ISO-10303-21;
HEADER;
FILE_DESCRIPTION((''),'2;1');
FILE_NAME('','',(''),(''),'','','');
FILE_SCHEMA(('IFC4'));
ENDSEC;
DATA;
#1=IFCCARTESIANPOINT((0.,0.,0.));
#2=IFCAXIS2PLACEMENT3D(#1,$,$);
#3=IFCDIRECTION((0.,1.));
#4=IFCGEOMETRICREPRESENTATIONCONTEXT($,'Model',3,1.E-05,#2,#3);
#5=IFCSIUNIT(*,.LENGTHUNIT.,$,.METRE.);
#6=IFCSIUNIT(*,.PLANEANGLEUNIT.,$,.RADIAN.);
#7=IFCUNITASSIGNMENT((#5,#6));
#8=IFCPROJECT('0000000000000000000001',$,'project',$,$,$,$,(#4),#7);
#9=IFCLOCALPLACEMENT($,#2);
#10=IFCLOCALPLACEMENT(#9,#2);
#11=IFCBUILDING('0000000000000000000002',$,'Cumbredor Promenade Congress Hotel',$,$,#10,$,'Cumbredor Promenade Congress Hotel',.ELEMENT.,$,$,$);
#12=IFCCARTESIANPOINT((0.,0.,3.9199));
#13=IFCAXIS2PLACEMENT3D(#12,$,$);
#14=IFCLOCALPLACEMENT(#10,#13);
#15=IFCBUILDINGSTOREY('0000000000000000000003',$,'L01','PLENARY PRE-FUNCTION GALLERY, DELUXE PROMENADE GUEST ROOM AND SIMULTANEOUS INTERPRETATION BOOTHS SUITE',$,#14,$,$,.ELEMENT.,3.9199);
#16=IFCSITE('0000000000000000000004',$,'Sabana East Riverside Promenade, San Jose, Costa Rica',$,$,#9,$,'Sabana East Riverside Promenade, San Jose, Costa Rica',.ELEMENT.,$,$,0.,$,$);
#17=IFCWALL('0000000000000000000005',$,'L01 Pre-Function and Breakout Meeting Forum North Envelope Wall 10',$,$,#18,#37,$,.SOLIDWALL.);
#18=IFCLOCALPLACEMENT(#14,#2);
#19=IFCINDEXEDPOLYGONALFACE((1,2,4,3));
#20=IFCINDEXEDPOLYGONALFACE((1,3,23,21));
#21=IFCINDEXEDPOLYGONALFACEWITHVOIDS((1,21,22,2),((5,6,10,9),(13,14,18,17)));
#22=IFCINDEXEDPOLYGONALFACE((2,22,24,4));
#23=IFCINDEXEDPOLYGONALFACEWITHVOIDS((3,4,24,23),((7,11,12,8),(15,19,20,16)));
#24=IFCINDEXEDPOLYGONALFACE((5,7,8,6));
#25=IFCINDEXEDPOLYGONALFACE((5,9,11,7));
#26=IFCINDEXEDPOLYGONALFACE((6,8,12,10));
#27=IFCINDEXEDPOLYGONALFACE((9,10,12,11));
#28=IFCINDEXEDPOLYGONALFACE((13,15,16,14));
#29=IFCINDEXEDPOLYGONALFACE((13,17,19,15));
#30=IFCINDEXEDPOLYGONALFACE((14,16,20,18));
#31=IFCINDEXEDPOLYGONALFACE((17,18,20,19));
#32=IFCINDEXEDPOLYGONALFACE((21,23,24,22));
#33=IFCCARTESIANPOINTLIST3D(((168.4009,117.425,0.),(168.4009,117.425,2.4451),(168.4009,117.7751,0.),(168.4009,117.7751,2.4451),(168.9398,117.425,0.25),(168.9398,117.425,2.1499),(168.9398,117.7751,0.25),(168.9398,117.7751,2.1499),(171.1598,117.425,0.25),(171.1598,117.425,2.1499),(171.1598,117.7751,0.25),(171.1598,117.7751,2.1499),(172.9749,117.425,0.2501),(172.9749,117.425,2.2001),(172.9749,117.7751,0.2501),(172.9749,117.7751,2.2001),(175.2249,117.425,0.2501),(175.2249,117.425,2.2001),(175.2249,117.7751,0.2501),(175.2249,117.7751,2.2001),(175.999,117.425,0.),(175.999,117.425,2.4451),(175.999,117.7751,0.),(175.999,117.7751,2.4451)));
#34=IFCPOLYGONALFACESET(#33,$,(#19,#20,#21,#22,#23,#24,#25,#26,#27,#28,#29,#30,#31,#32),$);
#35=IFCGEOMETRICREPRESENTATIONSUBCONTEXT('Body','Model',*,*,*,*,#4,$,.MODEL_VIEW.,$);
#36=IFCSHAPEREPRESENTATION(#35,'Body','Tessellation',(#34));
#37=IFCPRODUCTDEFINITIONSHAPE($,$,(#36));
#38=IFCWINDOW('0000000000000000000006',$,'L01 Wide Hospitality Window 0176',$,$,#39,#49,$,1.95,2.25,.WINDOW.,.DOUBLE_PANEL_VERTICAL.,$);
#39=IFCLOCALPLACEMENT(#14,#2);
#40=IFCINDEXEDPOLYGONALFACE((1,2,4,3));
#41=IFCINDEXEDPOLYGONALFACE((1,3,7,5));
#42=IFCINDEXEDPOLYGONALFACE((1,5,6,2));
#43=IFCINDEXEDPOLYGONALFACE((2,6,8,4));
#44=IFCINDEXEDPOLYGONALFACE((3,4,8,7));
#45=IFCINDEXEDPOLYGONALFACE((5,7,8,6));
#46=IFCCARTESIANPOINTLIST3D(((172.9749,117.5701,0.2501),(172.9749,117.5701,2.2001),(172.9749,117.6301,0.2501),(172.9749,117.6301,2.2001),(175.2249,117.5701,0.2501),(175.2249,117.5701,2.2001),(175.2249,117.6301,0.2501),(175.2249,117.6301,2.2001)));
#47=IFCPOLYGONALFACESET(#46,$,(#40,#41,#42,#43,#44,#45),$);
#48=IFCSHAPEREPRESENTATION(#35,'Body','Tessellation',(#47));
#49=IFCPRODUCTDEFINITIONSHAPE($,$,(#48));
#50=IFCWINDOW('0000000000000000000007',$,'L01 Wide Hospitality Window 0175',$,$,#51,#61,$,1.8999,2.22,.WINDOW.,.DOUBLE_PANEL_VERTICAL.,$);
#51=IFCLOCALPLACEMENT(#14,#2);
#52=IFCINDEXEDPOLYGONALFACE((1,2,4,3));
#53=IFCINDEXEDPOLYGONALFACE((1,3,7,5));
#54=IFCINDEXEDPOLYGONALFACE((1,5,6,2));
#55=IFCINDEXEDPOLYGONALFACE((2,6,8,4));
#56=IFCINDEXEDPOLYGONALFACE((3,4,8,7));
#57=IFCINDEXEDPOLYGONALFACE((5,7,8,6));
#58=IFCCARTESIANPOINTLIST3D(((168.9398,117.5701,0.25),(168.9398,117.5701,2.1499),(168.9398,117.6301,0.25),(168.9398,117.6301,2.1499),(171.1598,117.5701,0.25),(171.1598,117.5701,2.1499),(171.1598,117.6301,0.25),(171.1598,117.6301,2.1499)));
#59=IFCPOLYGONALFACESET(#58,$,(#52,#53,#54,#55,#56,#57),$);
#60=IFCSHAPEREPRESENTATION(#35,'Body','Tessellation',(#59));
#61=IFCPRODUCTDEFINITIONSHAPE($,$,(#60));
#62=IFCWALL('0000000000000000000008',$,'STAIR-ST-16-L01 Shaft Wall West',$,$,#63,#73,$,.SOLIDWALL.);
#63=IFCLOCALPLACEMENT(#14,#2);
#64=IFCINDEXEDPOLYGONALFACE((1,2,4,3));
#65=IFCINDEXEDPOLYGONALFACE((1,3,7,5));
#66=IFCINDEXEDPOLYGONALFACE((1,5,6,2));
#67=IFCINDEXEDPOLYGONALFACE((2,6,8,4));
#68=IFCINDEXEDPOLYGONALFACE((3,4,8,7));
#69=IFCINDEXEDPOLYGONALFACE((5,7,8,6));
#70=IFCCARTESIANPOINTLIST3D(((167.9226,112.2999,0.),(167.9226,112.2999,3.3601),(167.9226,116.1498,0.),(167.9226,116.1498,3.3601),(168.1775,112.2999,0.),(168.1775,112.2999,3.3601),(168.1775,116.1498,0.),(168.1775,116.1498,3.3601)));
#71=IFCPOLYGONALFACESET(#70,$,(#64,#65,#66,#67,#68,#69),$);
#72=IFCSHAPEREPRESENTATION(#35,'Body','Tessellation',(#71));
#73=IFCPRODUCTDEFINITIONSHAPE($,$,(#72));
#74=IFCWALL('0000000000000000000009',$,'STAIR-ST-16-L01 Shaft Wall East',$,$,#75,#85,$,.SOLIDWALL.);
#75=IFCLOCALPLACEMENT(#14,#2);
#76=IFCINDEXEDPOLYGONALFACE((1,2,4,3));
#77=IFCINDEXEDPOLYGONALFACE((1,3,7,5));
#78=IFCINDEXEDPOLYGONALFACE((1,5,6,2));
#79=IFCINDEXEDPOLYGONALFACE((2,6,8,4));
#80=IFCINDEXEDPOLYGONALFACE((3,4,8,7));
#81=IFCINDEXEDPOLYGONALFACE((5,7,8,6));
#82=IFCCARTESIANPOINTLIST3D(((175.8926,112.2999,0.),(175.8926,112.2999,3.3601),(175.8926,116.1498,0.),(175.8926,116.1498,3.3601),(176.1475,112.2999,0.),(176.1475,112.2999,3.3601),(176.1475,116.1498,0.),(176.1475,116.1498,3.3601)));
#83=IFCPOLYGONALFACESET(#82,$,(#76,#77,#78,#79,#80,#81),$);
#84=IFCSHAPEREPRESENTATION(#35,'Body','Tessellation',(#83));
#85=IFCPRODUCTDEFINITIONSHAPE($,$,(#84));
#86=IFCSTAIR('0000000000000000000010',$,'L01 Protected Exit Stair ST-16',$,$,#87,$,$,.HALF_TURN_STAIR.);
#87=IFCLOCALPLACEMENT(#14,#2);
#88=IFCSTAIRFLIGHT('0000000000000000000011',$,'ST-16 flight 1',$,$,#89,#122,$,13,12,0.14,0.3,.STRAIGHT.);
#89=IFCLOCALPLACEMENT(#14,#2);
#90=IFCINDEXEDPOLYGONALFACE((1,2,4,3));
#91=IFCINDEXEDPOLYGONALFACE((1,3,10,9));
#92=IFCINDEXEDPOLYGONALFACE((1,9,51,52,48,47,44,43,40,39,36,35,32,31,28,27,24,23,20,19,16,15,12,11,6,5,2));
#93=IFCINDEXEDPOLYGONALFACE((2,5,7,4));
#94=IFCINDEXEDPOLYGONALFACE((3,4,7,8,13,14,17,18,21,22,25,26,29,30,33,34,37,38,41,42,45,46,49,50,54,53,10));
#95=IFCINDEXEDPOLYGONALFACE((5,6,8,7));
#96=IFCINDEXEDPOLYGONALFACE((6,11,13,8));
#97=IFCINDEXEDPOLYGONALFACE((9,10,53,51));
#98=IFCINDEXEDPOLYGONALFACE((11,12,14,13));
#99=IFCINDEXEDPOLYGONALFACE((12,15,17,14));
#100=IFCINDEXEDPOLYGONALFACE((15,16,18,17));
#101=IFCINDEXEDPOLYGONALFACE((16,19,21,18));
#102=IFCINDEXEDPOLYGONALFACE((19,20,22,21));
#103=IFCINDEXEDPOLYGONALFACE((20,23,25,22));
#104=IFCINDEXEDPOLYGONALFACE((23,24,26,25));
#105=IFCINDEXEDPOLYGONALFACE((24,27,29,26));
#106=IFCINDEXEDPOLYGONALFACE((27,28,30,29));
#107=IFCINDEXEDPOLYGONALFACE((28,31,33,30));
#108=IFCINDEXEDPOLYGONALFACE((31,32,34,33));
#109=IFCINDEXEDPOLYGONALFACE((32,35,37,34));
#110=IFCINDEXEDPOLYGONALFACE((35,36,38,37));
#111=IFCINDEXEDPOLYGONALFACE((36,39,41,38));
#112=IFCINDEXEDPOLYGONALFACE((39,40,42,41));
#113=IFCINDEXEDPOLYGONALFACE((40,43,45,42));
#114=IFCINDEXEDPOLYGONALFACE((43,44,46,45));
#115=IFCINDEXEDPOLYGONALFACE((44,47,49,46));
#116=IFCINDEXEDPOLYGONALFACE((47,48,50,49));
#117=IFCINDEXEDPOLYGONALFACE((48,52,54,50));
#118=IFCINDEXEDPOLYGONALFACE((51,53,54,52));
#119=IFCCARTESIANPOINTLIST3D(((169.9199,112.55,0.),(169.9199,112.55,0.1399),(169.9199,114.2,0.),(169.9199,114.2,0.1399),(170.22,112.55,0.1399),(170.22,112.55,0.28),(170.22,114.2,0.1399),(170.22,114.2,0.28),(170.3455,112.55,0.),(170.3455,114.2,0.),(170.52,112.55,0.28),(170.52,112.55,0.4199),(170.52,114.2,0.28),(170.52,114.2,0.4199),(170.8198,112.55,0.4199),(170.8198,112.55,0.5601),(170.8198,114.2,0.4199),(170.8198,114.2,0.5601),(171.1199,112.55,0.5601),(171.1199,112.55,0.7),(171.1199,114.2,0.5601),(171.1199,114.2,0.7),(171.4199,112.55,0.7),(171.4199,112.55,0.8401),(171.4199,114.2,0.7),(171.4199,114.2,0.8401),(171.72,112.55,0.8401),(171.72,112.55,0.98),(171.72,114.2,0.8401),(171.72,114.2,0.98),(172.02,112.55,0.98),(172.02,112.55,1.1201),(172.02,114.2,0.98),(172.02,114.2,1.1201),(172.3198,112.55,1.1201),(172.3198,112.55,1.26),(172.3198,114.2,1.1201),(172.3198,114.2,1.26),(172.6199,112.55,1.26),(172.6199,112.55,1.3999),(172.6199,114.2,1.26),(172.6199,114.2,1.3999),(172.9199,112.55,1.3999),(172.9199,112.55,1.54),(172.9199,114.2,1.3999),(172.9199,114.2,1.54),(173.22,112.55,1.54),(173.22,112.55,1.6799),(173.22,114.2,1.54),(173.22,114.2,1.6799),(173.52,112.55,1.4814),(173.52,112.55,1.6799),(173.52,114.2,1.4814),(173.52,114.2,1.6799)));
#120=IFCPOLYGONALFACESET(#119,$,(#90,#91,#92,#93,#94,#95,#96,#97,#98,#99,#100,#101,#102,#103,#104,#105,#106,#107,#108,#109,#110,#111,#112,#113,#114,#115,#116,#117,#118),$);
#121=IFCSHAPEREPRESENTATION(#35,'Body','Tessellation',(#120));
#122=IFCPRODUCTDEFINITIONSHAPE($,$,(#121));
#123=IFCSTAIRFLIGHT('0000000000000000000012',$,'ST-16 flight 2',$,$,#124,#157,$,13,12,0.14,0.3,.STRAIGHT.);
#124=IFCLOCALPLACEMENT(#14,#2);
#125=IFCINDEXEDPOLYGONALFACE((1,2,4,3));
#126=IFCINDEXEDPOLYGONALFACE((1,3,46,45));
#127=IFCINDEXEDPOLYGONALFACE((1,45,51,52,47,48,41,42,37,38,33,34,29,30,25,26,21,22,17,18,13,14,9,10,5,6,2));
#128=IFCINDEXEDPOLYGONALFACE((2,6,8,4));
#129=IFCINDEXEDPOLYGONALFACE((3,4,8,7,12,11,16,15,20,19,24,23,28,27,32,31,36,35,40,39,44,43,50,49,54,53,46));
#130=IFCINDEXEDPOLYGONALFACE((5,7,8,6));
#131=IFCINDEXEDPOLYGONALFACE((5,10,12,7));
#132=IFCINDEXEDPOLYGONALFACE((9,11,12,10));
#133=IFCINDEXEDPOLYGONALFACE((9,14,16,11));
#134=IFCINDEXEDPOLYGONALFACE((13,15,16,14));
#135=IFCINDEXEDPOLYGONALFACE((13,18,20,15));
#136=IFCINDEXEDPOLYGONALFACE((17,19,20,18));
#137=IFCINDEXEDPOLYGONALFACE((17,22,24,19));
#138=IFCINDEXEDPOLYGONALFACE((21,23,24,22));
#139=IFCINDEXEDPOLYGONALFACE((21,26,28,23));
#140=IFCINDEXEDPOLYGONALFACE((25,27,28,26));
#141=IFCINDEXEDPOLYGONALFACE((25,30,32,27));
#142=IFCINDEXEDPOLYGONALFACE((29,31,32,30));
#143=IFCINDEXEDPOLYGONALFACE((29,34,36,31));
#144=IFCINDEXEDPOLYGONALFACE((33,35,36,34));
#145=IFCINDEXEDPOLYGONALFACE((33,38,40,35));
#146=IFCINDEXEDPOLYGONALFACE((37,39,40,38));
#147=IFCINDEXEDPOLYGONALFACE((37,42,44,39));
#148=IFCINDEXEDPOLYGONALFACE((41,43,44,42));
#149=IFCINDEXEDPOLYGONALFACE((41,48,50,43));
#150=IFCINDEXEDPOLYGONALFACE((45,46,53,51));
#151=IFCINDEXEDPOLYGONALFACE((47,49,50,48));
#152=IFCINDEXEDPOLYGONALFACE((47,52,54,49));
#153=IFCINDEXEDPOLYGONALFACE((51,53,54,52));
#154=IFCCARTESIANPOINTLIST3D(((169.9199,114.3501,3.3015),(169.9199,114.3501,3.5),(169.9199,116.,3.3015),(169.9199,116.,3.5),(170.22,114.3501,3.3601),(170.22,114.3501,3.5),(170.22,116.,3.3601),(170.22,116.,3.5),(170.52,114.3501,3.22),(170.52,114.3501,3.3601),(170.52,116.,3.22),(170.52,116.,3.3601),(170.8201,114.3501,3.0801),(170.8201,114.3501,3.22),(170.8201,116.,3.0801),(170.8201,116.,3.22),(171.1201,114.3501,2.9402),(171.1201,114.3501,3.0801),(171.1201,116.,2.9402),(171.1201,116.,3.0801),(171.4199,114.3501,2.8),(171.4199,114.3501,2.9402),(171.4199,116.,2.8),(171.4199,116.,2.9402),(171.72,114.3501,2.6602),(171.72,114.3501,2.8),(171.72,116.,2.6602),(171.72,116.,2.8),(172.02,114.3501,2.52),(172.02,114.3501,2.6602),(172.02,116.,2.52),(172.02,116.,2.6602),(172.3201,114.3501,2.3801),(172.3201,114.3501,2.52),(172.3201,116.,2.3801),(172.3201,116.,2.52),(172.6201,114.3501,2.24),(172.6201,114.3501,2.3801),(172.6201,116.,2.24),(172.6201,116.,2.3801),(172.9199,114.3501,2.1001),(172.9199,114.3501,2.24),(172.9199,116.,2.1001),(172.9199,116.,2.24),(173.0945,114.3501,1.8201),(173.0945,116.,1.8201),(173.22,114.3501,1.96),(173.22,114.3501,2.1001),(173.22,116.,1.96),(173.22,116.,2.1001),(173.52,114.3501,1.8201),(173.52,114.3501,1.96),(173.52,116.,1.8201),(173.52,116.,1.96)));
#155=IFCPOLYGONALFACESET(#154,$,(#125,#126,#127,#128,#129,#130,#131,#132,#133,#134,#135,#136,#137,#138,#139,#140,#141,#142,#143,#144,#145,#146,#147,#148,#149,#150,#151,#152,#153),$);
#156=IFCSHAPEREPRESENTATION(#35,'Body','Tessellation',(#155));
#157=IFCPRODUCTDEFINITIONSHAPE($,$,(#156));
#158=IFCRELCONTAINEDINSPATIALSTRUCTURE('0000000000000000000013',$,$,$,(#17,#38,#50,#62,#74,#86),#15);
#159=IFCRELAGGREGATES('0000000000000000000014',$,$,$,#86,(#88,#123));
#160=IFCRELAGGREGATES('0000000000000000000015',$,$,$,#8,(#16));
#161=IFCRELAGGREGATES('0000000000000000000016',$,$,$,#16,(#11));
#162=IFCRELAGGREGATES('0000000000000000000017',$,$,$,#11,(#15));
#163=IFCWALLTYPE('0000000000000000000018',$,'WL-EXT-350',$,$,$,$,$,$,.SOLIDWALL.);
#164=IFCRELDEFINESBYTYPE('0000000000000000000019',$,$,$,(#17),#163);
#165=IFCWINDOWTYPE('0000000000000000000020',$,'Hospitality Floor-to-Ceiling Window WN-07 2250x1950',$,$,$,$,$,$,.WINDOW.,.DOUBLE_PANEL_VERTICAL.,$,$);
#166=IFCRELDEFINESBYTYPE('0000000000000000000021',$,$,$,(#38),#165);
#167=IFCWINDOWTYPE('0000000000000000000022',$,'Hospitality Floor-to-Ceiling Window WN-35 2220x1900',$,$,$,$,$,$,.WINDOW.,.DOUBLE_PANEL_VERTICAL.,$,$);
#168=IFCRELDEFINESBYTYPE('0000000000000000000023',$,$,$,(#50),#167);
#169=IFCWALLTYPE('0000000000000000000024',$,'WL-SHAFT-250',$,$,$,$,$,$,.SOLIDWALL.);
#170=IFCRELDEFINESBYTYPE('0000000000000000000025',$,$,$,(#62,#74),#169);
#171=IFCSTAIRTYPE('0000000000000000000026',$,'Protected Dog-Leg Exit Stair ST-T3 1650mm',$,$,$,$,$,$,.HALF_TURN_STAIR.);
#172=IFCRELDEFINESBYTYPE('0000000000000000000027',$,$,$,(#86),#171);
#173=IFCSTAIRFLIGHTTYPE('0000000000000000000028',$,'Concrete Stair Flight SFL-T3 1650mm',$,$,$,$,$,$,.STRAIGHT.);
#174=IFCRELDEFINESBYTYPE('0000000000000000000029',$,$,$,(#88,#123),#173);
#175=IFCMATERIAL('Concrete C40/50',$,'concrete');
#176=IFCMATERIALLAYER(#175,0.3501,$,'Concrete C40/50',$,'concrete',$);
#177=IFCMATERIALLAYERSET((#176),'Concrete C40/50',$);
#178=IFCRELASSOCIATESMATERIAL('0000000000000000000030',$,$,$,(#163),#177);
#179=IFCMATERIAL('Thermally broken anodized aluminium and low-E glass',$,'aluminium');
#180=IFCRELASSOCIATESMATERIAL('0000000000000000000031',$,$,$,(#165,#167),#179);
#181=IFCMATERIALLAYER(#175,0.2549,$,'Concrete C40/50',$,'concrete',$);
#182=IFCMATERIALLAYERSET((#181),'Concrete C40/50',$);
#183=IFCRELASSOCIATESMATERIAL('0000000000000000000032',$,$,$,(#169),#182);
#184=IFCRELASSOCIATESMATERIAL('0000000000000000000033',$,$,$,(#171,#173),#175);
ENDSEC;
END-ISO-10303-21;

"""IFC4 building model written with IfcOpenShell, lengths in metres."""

from ifc_helpers import new_model, si_unit, direction, frame, frame_2d, origin, place, context, subcontext, project, spatial, polyline, rectangle, outline, extrude, material, layer, layer_set, type_object, element, fill, aggregate, save


model = new_model("IFC4")

# Units and contexts
model_context = context("Model", 3, precision=1e-05, world=origin(), true_north=direction((0.0, 1.0)))
body_context = subcontext(model_context, "Body", "Model", "MODEL_VIEW")
ifc_project = project(units=[si_unit("LENGTHUNIT", "METRE"), si_unit("PLANEANGLEUNIT", "RADIAN")], contexts=[model_context])

# Site, building, storey
site_placement = place(None, origin())
site = spatial("IfcSite", under=ifc_project, at=site_placement, Name="Sabana East Riverside Promenade, San Jose, Costa Rica", LongName="Sabana East Riverside Promenade, San Jose, Costa Rica", CompositionType="ELEMENT", RefElevation=0.0)
building_placement = place(site_placement, origin())
building = spatial("IfcBuilding", under=site, at=building_placement, Name="Cumbredor Promenade Congress Hotel", LongName="Cumbredor Promenade Congress Hotel", CompositionType="ELEMENT")
storey_placement = place(building_placement, frame((0.0, 0.0, 3.9199)))
storey = spatial("IfcBuildingStorey", under=building, at=storey_placement, Name="L01", Description="PLENARY PRE-FUNCTION GALLERY, DELUXE PROMENADE GUEST ROOM AND SIMULTANEOUS INTERPRETATION BOOTHS SUITE", CompositionType="ELEMENT", Elevation=3.9199)

# Shared definitions
ifc_material_1 = material(Name="Thermally broken anodized aluminium and low-E glass", Category="aluminium")

# Shared definitions
ifc_material_2 = material(Name="Concrete C40/50", Category="concrete")

# Wall, openings, windows
ifc_layer_1 = layer(ifc_material_2, 0.3501, Name="Concrete C40/50", Category="concrete")
ifc_layer_set_1 = layer_set([ifc_layer_1], Name="Concrete C40/50")
wall_type_1 = type_object("IfcWallType", Name="WL-EXT-350", PredefinedType="SOLIDWALL", material=ifc_layer_set_1)
wall_placement = place(storey_placement, frame((168.4009, 117.6001, 0.0), z_axis=(0.0, 0.0, 1.0), x_axis=(1.0, 0.0, 0.0)))
wall = element("IfcWall", 1, at=wall_placement, inside=storey, type_object=wall_type_1, Name="L01 Pre-Function and Breakout Meeting Forum North Envelope Wall 10", PredefinedType="SOLIDWALL", context=body_context, shape_type="SweptSolid", body=[
    extrude(rectangle(XDim=7.5981, YDim=0.3501, at=frame_2d((3.7991, 0.0))), origin(), (0.0, 0.0, 1.0), 2.4451),
])
opening_1_placement = place(wall_placement, frame((0.5391, 0.0, 0.25)))
opening_1 = element("IfcOpeningElement", 2, at=opening_1_placement, cuts=wall, PredefinedType="OPENING", context=body_context, shape_type="SweptSolid", body=[
    extrude(rectangle(XDim=2.22, YDim=1.8999, at=frame_2d((1.1099, 0.95))), frame((0.0, 0.1851, 0.0), z_axis=(0.0, -1.0, 0.0), x_axis=(1.0, 0.0, 0.0)), (0.0, 0.0, 1.0), 0.3701),
])
opening_2_placement = place(wall_placement, frame((4.574, 0.0, 0.25)))
opening_2 = element("IfcOpeningElement", 3, at=opening_2_placement, cuts=wall, PredefinedType="OPENING", context=body_context, shape_type="SweptSolid", body=[
    extrude(rectangle(XDim=2.25, YDim=1.95, at=frame_2d((1.125, 0.9751))), frame((0.0, 0.1851, 0.0), z_axis=(0.0, -1.0, 0.0), x_axis=(1.0, 0.0, 0.0)), (0.0, 0.0, 1.0), 0.3701),
])
window_type_1 = type_object("IfcWindowType", Name="Hospitality Floor-to-Ceiling Window WN-07 2250x1950", PartitioningType="DOUBLE_PANEL_VERTICAL", PredefinedType="WINDOW", material=ifc_material_1)
window_1_placement = place(opening_2_placement, origin())
window_1 = element("IfcWindow", 4, at=window_1_placement, inside=storey, type_object=window_type_1, Name="L01 Wide Hospitality Window 0176", OverallHeight=1.95, OverallWidth=2.25, PartitioningType="DOUBLE_PANEL_VERTICAL", PredefinedType="WINDOW", context=body_context, shape_type="SweptSolid", body=[
    extrude(rectangle(XDim=2.25, YDim=1.95, at=frame_2d((1.125, 0.9751))), frame((0.0, 0.03, 0.0), z_axis=(0.0, -1.0, 0.0), x_axis=(1.0, 0.0, 0.0)), (0.0, 0.0, 1.0), 0.0601),
])
fill(opening_2, window_1)
window_type_2 = type_object("IfcWindowType", Name="Hospitality Floor-to-Ceiling Window WN-35 2220x1900", PartitioningType="DOUBLE_PANEL_VERTICAL", PredefinedType="WINDOW", material=ifc_material_1)
window_2_placement = place(opening_1_placement, origin())
window_2 = element("IfcWindow", 5, at=window_2_placement, inside=storey, type_object=window_type_2, Name="L01 Wide Hospitality Window 0175", OverallHeight=1.8999, OverallWidth=2.22, PartitioningType="DOUBLE_PANEL_VERTICAL", PredefinedType="WINDOW", context=body_context, shape_type="SweptSolid", body=[
    extrude(rectangle(XDim=2.22, YDim=1.8999, at=frame_2d((1.1099, 0.95))), frame((0.0, 0.03, 0.0), z_axis=(0.0, -1.0, 0.0), x_axis=(1.0, 0.0, 0.0)), (0.0, 0.0, 1.0), 0.0601),
])
fill(opening_1, window_2)

# Walls
ifc_layer_2 = layer(ifc_material_2, 0.2549, Name="Concrete C40/50", Category="concrete")
ifc_layer_set_2 = layer_set([ifc_layer_2], Name="Concrete C40/50")
wall_type_2 = type_object("IfcWallType", Name="WL-SHAFT-250", PredefinedType="SOLIDWALL", material=ifc_layer_set_2)
for number, where, z_axis, x_axis, name in (
    (6, (168.05, 112.3, 0.0), (0.0, 0.0, 1.0), (0.0, 1.0, 0.0), "STAIR-ST-16-L01 Shaft Wall West"),
    (7, (176.02, 112.3, 0.0), (0.0, 0.0, 1.0), (0.0, 1.0, 0.0), "STAIR-ST-16-L01 Shaft Wall East"),
):
    element("IfcWall", number, at=place(storey_placement, frame(where, z_axis=z_axis, x_axis=x_axis)), inside=storey, type_object=wall_type_2, Name=name, PredefinedType="SOLIDWALL", context=body_context, shape_type="SweptSolid", body=[
        extrude(rectangle(XDim=3.8499, YDim=0.2549, at=frame_2d((1.9248, 0.0))), origin(), (0.0, 0.0, 1.0), 3.3601),
    ])

# Stair, stair flights
stair_type = type_object("IfcStairType", Name="Protected Dog-Leg Exit Stair ST-T3 1650mm", PredefinedType="HALF_TURN_STAIR", material=ifc_material_2)
stair_placement = place(storey_placement, origin())
stair = element("IfcStair", 8, at=stair_placement, inside=storey, type_object=stair_type, Name="L01 Protected Exit Stair ST-16", PredefinedType="HALF_TURN_STAIR")
stair_flight_type = type_object("IfcStairFlightType", Name="Concrete Stair Flight SFL-T3 1650mm", PredefinedType="STRAIGHT", material=ifc_material_2)
stair_flight_1_placement = place(storey_placement, frame((169.9199, 113.375, 0.0), z_axis=(0.0, 0.0, 1.0), x_axis=(1.0, 0.0, 0.0)))
stair_flight_1 = element("IfcStairFlight", 9, at=stair_flight_1_placement, type_object=stair_flight_type, Name="ST-16 flight 1", NumberOfRisers=13, NumberOfTreads=12, PredefinedType="STRAIGHT", RiserHeight=0.14, TreadLength=0.3, context=body_context, shape_type="SweptSolid", body=[
    extrude(outline(polyline([(0.0, 0.0), (0.0, 0.1399), (0.3, 0.1399), (0.3, 0.28), (0.6001, 0.28), (0.6001, 0.4199), (0.8999, 0.4199), (0.8999, 0.5601), (1.2, 0.5601), (1.2, 0.7), (1.5, 0.7), (1.5, 0.8401), (1.8, 0.8401), (1.8, 0.98), (2.1001, 0.98), (2.1001, 1.1201), (2.3999, 1.1201), (2.3999, 1.26), (2.7, 1.26), (2.7, 1.3999), (3.0, 1.3999), (3.0, 1.54), (3.3, 1.54), (3.3, 1.6799), (3.6001, 1.6799), (3.6001, 1.8201), (3.6001, 1.4814), (0.4255, 0.0), (0.0, 0.0)])), frame((0.0, 0.825, 0.0), z_axis=(0.0, -1.0, 0.0), x_axis=(1.0, 0.0, 0.0)), (0.0, 0.0, 1.0), 1.6499),
])
stair_flight_2_placement = place(storey_placement, frame((173.52, 115.175, 1.8201), z_axis=(0.0, 0.0, 1.0), x_axis=(-1.0, 0.0, 0.0)))
stair_flight_2 = element("IfcStairFlight", 10, at=stair_flight_2_placement, type_object=stair_flight_type, Name="ST-16 flight 2", NumberOfRisers=13, NumberOfTreads=12, PredefinedType="STRAIGHT", RiserHeight=0.14, TreadLength=0.3, context=body_context, shape_type="SweptSolid", body=[
    extrude(outline(polyline([(0.0, 0.0), (0.0, 0.1399), (0.3, 0.1399), (0.3, 0.28), (0.6001, 0.28), (0.6001, 0.4199), (0.8999, 0.4199), (0.8999, 0.5601), (1.2, 0.5601), (1.2, 0.7), (1.5, 0.7), (1.5, 0.8401), (1.8, 0.8401), (1.8, 0.98), (2.1001, 0.98), (2.1001, 1.1201), (2.3999, 1.1201), (2.3999, 1.26), (2.7, 1.26), (2.7, 1.3999), (3.0, 1.3999), (3.0, 1.54), (3.3, 1.54), (3.3, 1.6799), (3.6001, 1.6799), (3.6001, 1.8201), (3.6001, 1.4814), (0.4255, 0.0), (0.0, 0.0)])), frame((0.0, 0.825, 0.0), z_axis=(0.0, -1.0, 0.0), x_axis=(1.0, 0.0, 0.0)), (0.0, 0.0, 1.0), 1.6499),
])
aggregate(stair, [stair_flight_1, stair_flight_2])

save(model, "model.ifc")
